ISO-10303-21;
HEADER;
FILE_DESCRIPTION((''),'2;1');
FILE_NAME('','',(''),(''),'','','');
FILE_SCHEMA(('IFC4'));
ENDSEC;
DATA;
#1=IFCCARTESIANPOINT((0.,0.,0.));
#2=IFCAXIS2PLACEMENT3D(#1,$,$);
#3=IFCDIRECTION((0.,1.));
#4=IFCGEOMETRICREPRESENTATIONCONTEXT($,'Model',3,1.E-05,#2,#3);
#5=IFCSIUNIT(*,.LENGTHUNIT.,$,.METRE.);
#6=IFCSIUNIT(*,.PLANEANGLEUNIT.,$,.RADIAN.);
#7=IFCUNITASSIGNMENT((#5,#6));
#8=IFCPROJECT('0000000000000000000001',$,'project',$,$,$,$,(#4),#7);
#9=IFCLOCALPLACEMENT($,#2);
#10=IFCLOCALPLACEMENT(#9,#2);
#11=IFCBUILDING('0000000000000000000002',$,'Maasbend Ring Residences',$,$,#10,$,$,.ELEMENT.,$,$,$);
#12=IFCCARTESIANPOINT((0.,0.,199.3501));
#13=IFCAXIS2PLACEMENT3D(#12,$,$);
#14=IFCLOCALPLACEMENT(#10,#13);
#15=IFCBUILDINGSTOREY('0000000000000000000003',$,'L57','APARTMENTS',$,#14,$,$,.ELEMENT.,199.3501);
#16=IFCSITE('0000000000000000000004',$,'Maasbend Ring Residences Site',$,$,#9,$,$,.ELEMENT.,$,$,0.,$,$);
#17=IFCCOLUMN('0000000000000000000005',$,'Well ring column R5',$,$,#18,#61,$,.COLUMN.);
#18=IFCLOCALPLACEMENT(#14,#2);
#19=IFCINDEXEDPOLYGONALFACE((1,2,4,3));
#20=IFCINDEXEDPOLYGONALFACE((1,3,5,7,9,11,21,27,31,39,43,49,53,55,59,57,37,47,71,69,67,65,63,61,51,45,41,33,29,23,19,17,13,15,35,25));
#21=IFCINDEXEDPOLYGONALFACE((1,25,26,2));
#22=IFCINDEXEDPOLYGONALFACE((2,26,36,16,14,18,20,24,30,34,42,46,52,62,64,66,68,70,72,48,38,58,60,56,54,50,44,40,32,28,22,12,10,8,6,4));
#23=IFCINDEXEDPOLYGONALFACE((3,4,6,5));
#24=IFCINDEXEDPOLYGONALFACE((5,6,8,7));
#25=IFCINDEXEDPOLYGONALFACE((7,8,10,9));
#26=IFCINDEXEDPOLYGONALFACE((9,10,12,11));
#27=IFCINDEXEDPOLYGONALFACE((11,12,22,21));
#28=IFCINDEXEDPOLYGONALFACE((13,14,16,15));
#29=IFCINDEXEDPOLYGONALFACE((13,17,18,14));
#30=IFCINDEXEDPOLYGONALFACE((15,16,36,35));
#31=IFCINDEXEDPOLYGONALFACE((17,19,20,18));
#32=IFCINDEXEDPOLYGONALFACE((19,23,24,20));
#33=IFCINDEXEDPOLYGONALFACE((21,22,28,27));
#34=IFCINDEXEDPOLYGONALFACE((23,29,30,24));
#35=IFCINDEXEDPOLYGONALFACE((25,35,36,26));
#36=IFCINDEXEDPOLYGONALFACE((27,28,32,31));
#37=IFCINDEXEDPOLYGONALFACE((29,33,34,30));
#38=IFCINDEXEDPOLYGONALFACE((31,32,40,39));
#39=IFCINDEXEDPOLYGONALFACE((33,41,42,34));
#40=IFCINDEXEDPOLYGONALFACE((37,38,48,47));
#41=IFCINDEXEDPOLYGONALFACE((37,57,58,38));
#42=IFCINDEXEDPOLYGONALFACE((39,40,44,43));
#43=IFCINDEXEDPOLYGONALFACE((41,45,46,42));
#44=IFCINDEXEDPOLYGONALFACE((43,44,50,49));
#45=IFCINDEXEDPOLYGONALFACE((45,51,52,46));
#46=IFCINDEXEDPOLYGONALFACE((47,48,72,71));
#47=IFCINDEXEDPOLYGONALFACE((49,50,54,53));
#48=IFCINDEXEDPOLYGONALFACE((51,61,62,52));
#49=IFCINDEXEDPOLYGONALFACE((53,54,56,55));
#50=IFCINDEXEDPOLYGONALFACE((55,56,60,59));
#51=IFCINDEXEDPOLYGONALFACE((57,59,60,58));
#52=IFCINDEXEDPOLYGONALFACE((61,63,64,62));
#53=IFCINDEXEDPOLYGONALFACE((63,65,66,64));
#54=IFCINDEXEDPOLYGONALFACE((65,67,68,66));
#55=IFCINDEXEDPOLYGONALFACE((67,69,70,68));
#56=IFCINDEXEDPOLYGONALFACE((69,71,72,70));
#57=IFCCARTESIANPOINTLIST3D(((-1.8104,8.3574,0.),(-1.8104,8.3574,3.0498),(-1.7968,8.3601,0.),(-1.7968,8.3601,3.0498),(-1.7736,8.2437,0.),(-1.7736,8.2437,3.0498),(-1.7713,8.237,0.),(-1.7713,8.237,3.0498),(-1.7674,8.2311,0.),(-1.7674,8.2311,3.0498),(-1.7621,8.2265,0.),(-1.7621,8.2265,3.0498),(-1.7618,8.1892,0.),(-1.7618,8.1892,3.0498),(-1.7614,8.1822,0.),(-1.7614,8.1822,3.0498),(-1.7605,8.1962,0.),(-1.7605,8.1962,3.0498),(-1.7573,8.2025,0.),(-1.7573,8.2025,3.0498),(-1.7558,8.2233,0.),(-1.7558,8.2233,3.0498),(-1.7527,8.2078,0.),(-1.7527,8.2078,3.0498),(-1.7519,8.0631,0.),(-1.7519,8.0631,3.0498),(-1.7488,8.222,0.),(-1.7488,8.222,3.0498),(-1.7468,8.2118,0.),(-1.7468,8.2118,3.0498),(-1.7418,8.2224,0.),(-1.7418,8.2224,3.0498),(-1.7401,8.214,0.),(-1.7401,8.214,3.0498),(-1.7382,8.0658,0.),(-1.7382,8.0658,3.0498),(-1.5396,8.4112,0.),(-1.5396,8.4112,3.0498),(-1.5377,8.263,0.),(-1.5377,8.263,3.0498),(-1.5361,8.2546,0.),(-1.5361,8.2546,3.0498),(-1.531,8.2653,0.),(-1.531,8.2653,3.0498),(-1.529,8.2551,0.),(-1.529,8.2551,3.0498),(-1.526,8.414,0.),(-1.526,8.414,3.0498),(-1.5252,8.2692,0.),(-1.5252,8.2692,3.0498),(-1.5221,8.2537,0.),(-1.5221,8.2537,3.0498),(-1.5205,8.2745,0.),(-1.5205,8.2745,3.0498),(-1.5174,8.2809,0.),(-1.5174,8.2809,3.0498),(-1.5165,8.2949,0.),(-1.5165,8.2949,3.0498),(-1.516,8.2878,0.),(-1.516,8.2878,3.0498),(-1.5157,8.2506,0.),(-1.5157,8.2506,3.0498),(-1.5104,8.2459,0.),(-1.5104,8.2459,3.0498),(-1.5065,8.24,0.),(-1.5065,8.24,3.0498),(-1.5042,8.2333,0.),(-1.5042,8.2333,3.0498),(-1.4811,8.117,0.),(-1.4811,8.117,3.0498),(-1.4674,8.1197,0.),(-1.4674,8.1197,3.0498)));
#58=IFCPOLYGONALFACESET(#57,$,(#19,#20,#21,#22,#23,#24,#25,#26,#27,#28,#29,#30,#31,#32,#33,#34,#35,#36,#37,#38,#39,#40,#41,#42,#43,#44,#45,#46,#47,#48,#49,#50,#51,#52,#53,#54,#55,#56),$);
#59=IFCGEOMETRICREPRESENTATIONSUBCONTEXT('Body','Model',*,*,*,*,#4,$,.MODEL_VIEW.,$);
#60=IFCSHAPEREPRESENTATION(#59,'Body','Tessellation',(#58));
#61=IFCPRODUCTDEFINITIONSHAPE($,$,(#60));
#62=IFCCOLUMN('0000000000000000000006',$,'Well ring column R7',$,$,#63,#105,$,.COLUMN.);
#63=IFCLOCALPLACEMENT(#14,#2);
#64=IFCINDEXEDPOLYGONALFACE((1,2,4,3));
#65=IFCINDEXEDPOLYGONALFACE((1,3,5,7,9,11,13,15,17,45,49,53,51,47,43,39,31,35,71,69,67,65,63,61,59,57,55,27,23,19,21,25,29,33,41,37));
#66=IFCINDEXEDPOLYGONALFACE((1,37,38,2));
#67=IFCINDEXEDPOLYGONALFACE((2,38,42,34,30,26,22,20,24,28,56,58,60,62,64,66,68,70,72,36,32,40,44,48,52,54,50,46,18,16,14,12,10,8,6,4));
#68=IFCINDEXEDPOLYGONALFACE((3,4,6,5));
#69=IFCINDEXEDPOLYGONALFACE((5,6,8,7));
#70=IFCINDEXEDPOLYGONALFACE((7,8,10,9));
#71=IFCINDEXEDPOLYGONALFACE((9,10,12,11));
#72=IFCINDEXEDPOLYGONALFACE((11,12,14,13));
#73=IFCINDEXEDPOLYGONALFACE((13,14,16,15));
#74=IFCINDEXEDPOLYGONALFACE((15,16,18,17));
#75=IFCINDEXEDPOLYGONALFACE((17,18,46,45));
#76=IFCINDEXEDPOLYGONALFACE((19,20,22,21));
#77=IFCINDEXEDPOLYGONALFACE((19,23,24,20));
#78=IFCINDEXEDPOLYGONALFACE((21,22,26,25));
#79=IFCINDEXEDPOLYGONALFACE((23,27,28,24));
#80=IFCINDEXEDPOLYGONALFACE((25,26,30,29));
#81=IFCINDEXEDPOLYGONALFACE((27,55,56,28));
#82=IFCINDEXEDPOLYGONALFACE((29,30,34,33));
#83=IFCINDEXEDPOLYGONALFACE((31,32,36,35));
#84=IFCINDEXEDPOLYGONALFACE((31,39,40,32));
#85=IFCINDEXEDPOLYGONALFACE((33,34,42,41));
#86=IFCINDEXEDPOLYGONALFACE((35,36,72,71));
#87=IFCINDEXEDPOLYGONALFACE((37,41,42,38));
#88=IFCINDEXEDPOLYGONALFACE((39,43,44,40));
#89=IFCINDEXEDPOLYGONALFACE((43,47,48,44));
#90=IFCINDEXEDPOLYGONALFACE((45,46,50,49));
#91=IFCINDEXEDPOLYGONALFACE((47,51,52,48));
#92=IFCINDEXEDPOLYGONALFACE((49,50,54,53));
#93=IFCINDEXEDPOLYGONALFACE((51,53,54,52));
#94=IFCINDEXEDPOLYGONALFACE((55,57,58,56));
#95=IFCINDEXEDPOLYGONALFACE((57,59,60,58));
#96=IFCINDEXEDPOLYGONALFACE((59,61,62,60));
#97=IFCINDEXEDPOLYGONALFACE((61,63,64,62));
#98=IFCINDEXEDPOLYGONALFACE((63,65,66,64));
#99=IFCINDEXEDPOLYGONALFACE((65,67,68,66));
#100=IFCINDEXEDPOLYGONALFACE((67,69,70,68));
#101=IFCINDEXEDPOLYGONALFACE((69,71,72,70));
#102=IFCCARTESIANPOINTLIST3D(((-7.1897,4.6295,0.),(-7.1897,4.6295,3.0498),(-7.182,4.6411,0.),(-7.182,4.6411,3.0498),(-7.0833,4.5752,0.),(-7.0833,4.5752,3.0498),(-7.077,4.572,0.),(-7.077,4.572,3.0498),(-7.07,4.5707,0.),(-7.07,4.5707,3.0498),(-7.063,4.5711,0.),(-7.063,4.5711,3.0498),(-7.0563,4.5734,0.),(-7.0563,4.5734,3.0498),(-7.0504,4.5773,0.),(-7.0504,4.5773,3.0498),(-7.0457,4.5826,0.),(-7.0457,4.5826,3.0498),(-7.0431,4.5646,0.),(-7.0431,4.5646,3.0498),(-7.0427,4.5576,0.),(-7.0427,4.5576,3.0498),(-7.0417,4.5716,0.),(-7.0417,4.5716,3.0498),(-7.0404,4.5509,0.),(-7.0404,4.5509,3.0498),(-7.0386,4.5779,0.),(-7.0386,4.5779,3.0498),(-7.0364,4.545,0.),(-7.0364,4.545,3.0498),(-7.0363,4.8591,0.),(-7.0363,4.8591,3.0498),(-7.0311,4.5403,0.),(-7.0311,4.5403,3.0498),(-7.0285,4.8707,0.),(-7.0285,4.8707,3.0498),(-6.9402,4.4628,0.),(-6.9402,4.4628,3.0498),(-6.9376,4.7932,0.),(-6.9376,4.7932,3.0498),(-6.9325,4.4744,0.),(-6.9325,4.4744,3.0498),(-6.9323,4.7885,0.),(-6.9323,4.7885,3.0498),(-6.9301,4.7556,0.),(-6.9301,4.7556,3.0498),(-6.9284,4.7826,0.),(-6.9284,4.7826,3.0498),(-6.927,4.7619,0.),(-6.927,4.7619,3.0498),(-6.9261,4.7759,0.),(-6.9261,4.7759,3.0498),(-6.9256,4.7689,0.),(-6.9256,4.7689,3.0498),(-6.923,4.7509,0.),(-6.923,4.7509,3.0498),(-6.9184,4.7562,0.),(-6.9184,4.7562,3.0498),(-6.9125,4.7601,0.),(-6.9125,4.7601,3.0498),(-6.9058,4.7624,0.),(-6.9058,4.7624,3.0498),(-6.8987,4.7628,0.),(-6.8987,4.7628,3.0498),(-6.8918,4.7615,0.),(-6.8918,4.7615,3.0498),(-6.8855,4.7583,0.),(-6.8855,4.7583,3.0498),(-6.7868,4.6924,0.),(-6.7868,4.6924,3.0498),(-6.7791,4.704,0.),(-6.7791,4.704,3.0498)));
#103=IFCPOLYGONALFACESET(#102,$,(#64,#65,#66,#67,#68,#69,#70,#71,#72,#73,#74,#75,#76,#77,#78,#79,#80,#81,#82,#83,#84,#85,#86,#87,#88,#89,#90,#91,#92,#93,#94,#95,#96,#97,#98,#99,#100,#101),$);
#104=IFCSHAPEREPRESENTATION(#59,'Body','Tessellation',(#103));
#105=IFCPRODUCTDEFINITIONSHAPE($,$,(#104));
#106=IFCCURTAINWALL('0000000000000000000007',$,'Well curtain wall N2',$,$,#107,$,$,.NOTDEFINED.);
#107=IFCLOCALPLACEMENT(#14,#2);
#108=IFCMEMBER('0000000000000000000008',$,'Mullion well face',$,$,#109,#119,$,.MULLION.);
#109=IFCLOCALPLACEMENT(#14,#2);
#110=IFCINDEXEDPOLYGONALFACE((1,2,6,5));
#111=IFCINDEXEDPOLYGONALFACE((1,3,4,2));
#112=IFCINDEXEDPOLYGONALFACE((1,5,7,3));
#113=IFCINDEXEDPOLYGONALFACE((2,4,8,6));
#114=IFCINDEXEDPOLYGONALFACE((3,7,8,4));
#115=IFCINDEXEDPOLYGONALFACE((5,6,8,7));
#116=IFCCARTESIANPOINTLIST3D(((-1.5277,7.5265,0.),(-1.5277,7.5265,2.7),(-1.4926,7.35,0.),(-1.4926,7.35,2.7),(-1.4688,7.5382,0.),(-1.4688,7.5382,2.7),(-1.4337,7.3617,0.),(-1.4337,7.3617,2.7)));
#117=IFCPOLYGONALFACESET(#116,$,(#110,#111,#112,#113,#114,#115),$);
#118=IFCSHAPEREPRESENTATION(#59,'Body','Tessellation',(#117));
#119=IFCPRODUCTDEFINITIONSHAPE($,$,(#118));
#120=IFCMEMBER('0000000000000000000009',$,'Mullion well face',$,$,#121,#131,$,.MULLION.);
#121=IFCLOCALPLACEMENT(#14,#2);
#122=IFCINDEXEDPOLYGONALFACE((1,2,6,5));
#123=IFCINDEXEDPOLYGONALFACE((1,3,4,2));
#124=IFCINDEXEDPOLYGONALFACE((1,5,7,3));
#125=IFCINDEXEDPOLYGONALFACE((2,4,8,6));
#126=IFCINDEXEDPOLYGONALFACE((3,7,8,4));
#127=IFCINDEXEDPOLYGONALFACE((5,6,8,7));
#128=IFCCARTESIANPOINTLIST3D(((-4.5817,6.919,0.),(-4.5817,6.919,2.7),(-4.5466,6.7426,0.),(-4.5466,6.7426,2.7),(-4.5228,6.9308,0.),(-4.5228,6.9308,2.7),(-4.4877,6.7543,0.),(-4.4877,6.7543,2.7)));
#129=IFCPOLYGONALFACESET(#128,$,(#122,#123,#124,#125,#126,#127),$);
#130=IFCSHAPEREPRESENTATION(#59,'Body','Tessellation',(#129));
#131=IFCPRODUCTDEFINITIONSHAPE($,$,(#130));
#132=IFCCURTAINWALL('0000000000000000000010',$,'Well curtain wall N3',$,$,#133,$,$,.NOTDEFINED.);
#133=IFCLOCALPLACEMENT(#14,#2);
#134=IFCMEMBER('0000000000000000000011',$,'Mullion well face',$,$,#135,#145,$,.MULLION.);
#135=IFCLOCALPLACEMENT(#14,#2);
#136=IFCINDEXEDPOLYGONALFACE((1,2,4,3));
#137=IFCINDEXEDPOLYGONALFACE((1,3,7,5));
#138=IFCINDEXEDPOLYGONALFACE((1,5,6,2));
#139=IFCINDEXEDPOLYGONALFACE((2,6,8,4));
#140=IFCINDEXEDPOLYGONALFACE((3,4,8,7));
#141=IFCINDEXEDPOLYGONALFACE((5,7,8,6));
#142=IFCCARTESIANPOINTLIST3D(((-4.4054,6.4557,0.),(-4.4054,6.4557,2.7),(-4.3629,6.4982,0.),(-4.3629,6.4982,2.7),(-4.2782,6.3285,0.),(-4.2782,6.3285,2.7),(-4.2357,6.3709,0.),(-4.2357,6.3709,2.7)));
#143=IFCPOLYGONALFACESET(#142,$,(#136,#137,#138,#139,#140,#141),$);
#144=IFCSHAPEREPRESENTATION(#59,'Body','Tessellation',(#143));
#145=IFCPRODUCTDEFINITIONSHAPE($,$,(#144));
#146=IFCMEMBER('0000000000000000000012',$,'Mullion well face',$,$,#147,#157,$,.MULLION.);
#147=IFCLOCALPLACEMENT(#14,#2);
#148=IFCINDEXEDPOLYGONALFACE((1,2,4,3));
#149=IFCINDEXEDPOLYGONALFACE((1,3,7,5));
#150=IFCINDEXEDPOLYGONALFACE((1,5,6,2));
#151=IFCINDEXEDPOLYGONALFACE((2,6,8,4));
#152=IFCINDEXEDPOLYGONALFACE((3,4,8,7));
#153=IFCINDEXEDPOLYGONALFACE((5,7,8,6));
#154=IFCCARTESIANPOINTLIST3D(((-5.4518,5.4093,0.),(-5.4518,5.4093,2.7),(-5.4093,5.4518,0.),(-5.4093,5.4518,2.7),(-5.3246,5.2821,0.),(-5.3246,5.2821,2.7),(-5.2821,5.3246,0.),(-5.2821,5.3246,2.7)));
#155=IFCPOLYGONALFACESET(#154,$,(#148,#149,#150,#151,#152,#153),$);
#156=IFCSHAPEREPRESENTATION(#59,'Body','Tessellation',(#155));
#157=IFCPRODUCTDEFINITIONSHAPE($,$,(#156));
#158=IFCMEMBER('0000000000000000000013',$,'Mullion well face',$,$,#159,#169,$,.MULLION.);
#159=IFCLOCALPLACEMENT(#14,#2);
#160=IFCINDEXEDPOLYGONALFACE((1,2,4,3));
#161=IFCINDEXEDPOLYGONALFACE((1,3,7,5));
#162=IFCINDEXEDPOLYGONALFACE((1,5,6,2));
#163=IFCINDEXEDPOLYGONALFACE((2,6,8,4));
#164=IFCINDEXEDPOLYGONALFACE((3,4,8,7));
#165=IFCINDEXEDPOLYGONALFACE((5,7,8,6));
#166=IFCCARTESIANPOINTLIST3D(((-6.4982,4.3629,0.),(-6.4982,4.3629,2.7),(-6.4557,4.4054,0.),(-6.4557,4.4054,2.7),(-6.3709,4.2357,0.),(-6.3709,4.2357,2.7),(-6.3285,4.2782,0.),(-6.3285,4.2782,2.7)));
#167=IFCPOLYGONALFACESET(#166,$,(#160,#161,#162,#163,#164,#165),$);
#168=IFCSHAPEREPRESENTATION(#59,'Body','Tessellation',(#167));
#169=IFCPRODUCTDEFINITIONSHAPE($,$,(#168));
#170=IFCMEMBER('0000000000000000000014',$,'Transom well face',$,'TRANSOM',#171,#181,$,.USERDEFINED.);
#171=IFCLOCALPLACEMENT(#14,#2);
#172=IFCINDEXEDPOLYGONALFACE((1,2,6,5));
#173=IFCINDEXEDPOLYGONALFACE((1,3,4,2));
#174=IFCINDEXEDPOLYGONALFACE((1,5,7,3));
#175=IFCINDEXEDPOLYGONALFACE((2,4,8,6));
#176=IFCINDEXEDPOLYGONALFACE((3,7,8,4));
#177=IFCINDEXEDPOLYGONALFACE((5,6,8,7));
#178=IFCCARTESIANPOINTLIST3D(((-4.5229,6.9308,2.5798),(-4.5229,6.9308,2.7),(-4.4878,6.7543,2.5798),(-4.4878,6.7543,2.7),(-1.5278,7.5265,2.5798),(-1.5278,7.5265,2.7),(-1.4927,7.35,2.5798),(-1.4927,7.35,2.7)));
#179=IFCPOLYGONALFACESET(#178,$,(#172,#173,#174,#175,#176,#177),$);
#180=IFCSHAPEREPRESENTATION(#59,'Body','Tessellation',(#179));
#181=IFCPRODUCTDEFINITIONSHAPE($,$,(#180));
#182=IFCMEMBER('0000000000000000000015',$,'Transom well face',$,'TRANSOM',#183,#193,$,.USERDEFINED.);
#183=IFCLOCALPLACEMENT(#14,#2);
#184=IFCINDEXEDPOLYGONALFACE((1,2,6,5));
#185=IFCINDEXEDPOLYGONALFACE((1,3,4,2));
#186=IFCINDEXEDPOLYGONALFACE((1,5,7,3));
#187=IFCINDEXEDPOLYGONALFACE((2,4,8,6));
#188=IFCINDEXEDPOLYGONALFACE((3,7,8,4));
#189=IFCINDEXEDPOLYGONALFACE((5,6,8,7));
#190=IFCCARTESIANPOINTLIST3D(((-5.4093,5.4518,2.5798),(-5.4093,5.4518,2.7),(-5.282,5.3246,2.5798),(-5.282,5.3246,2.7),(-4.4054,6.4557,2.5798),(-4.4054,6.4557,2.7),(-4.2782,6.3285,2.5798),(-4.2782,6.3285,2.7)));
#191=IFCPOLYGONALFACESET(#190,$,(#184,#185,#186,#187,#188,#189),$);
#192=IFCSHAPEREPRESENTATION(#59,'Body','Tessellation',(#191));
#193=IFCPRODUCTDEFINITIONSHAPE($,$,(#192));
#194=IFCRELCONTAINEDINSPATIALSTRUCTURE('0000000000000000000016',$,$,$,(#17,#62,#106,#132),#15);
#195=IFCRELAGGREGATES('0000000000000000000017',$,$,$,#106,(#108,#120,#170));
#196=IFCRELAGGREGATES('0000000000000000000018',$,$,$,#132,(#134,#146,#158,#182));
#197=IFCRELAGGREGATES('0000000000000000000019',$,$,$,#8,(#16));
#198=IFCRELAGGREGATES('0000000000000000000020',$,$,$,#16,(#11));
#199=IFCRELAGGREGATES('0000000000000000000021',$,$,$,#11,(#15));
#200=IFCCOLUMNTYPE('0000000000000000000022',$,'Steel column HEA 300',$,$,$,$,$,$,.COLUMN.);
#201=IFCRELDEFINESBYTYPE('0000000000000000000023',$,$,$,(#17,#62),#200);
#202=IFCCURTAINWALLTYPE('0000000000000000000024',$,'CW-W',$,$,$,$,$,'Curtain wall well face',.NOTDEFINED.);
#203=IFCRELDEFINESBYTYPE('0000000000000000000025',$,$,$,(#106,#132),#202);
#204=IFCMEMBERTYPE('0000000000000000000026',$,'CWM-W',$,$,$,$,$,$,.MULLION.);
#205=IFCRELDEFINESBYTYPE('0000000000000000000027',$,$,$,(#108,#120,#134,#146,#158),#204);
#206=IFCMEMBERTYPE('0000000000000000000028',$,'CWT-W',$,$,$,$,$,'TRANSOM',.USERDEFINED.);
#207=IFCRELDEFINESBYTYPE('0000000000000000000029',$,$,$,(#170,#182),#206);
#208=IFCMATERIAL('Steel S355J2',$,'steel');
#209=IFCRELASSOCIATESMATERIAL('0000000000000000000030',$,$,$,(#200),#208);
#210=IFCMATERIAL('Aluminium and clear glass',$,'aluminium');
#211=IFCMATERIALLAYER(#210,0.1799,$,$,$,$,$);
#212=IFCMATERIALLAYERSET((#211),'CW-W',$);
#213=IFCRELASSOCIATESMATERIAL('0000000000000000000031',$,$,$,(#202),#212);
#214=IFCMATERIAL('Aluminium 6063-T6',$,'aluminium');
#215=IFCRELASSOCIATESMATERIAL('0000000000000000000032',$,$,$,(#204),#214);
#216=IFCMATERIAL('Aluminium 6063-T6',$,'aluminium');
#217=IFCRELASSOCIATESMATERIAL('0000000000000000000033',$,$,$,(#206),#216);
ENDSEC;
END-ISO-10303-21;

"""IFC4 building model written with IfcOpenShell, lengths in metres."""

from ifc_helpers import new_model, si_unit, direction, frame, origin, origin_2d, place, context, subcontext, project, spatial, rectangle, i_section, extrude, material, layer, layer_set, material_profile, profile_set, type_object, element, aggregate, save


model = new_model("IFC4")

# Units and contexts
model_context = context("Model", 3, precision=1e-05, world=origin(), true_north=direction((0.0, 1.0)))
body_context = subcontext(model_context, "Body", "Model", "MODEL_VIEW")
ifc_project = project(units=[si_unit("LENGTHUNIT", "METRE"), si_unit("PLANEANGLEUNIT", "RADIAN")], contexts=[model_context])

# Site, building, storey
site_placement = place(None, origin())
site = spatial("IfcSite", under=ifc_project, at=site_placement, Name="Maasbend Ring Residences Site", CompositionType="ELEMENT", RefElevation=0.0)
building_placement = place(site_placement, origin())
building = spatial("IfcBuilding", under=site, at=building_placement, Name="Maasbend Ring Residences", CompositionType="ELEMENT")
storey_placement = place(building_placement, frame((0.0, 0.0, 199.3501)))
storey = spatial("IfcBuildingStorey", under=building, at=storey_placement, Name="L57", Description="APARTMENTS", CompositionType="ELEMENT", Elevation=199.3501)

# Columns
ifc_material_1 = material(Name="Steel S355J2", Category="steel")
ifc_material_profile_1 = material_profile(ifc_material_1, i_section(OverallWidth=0.3, OverallDepth=0.29, WebThickness=0.0085, FlangeThickness=0.0139, FilletRadius=0.0271, at=origin_2d()), Name="HEA 300")
ifc_profile_set_1 = profile_set([ifc_material_profile_1], Name="Steel S355J2")
column_type = type_object("IfcColumnType", Name="Steel column HEA 300", PredefinedType="COLUMN", material=ifc_profile_set_1)
for number, where, z_axis, x_axis, name in (
    (1, (-1.6389, 8.2385, 0.0), (0.0, 0.0, 1.0), (-0.19509, 0.980785, 0.0), "Well ring column R5"),
    (2, (-6.9844, 4.6667, 0.0), (0.0, 0.0, 1.0), (-0.83147, 0.55557, 0.0), "Well ring column R7"),
):
    element("IfcColumn", number, at=place(storey_placement, frame(where, z_axis=z_axis, x_axis=x_axis)), inside=storey, type_object=column_type, Name=name, PredefinedType="COLUMN", context=body_context, shape_type="SweptSolid", body=[
        extrude(i_section(OverallWidth=0.3, OverallDepth=0.29, WebThickness=0.0085, FlangeThickness=0.0139, FilletRadius=0.0271, at=origin_2d()), origin(), (0.0, 0.0, 1.0), 3.0498),
    ])

# Curtain walls, members
ifc_material_2 = material(Name="Aluminium and clear glass", Category="aluminium")
ifc_layer_1 = layer(ifc_material_2, 0.1799)
ifc_layer_set_1 = layer_set([ifc_layer_1], Name="CW-W")
curtain_wall_type = type_object("IfcCurtainWallType", Name="CW-W", ElementType="Curtain wall well face", PredefinedType="NOTDEFINED", material=ifc_layer_set_1)
curtain_wall_1_placement = place(storey_placement, origin())
curtain_wall_1 = element("IfcCurtainWall", 3, at=curtain_wall_1_placement, inside=storey, type_object=curtain_wall_type, Name="Well curtain wall N2", PredefinedType="NOTDEFINED")
ifc_material_3 = material(Name="Aluminium 6063-T6", Category="aluminium")
ifc_material_profile_2 = material_profile(ifc_material_3, rectangle(XDim=0.1799, YDim=0.0601, at=origin_2d()), Name="AL 180x60")
ifc_profile_set_2 = profile_set([ifc_material_profile_2], Name="Aluminium 6063-T6")
member_type_1 = type_object("IfcMemberType", Name="CWM-W", PredefinedType="MULLION", material=ifc_profile_set_2)
member_1_placement = place(storey_placement, frame((-1.4807, 7.4441, 0.0), z_axis=(0.0, 0.0, 1.0), x_axis=(0.19509, -0.980785, 0.0)))
member_1 = element("IfcMember", 4, at=member_1_placement, type_object=member_type_1, Name="Mullion well face", PredefinedType="MULLION", context=body_context, shape_type="SweptSolid", body=[
    extrude(rectangle(XDim=0.1799, YDim=0.0601, at=origin_2d()), origin(), (0.0, 0.0, 1.0), 2.7),
])
member_2_placement = place(storey_placement, frame((-4.5347, 6.8367, 0.0), z_axis=(0.0, 0.0, 1.0), x_axis=(0.19509, -0.980785, 0.0)))
member_2 = element("IfcMember", 5, at=member_2_placement, type_object=member_type_1, Name="Mullion well face", PredefinedType="MULLION", context=body_context, shape_type="SweptSolid", body=[
    extrude(rectangle(XDim=0.1799, YDim=0.0601, at=origin_2d()), origin(), (0.0, 0.0, 1.0), 2.7),
])
curtain_wall_2_placement = place(storey_placement, origin())
curtain_wall_2 = element("IfcCurtainWall", 6, at=curtain_wall_2_placement, inside=storey, type_object=curtain_wall_type, Name="Well curtain wall N3", PredefinedType="NOTDEFINED")
member_3_placement = place(storey_placement, frame((-4.3206, 6.4133, 0.0), z_axis=(0.0, 0.0, 1.0), x_axis=(0.707107, -0.707107, 0.0)))
member_3 = element("IfcMember", 7, at=member_3_placement, type_object=member_type_1, Name="Mullion well face", PredefinedType="MULLION", context=body_context, shape_type="SweptSolid", body=[
    extrude(rectangle(XDim=0.1799, YDim=0.0601, at=origin_2d()), origin(), (0.0, 0.0, 1.0), 2.7),
])
member_4_placement = place(storey_placement, frame((-5.3669, 5.3669, 0.0), z_axis=(0.0, 0.0, 1.0), x_axis=(0.707107, -0.707107, 0.0)))
member_4 = element("IfcMember", 8, at=member_4_placement, type_object=member_type_1, Name="Mullion well face", PredefinedType="MULLION", context=body_context, shape_type="SweptSolid", body=[
    extrude(rectangle(XDim=0.1799, YDim=0.0601, at=origin_2d()), origin(), (0.0, 0.0, 1.0), 2.7),
])
member_5_placement = place(storey_placement, frame((-6.4133, 4.3206, 0.0), z_axis=(0.0, 0.0, 1.0), x_axis=(0.707107, -0.707107, 0.0)))
member_5 = element("IfcMember", 9, at=member_5_placement, type_object=member_type_1, Name="Mullion well face", PredefinedType="MULLION", context=body_context, shape_type="SweptSolid", body=[
    extrude(rectangle(XDim=0.1799, YDim=0.0601, at=origin_2d()), origin(), (0.0, 0.0, 1.0), 2.7),
])

# Members
ifc_material_4 = material(Name="Aluminium 6063-T6", Category="aluminium")
ifc_material_profile_3 = material_profile(ifc_material_4, rectangle(XDim=0.1799, YDim=0.1201, at=origin_2d()), Name="AL 180x120")
ifc_profile_set_3 = profile_set([ifc_material_profile_3], Name="Aluminium 6063-T6")
member_type_2 = type_object("IfcMemberType", Name="CWT-W", ElementType="TRANSOM", PredefinedType="USERDEFINED", material=ifc_profile_set_3)
member_6_placement = place(storey_placement, frame((-1.5103, 7.4382, 2.6399), z_axis=(-0.980789, -0.195071, 0.0), x_axis=(0.195071, -0.980789, 0.0)))
member_6 = element("IfcMember", 10, at=member_6_placement, type_object=member_type_2, Name="Transom well face", ObjectType="TRANSOM", PredefinedType="USERDEFINED", context=body_context, shape_type="SweptSolid", body=[
    extrude(rectangle(XDim=0.1799, YDim=0.1201, at=origin_2d()), origin(), (0.0, 0.0, 1.0), 3.0537),
])
member_7_placement = place(storey_placement, frame((-4.3418, 6.3921, 2.6399), z_axis=(-0.707107, -0.707107, 0.0), x_axis=(0.707107, -0.707107, 0.0)))
member_7 = element("IfcMember", 11, at=member_7_placement, type_object=member_type_2, Name="Transom well face", ObjectType="TRANSOM", PredefinedType="USERDEFINED", context=body_context, shape_type="SweptSolid", body=[
    extrude(rectangle(XDim=0.1799, YDim=0.1201, at=origin_2d()), origin(), (0.0, 0.0, 1.0), 1.4197),
])

aggregate(curtain_wall_1, [member_1, member_2, member_6])
aggregate(curtain_wall_2, [member_3, member_4, member_5, member_7])

save(model, "model.ifc")
